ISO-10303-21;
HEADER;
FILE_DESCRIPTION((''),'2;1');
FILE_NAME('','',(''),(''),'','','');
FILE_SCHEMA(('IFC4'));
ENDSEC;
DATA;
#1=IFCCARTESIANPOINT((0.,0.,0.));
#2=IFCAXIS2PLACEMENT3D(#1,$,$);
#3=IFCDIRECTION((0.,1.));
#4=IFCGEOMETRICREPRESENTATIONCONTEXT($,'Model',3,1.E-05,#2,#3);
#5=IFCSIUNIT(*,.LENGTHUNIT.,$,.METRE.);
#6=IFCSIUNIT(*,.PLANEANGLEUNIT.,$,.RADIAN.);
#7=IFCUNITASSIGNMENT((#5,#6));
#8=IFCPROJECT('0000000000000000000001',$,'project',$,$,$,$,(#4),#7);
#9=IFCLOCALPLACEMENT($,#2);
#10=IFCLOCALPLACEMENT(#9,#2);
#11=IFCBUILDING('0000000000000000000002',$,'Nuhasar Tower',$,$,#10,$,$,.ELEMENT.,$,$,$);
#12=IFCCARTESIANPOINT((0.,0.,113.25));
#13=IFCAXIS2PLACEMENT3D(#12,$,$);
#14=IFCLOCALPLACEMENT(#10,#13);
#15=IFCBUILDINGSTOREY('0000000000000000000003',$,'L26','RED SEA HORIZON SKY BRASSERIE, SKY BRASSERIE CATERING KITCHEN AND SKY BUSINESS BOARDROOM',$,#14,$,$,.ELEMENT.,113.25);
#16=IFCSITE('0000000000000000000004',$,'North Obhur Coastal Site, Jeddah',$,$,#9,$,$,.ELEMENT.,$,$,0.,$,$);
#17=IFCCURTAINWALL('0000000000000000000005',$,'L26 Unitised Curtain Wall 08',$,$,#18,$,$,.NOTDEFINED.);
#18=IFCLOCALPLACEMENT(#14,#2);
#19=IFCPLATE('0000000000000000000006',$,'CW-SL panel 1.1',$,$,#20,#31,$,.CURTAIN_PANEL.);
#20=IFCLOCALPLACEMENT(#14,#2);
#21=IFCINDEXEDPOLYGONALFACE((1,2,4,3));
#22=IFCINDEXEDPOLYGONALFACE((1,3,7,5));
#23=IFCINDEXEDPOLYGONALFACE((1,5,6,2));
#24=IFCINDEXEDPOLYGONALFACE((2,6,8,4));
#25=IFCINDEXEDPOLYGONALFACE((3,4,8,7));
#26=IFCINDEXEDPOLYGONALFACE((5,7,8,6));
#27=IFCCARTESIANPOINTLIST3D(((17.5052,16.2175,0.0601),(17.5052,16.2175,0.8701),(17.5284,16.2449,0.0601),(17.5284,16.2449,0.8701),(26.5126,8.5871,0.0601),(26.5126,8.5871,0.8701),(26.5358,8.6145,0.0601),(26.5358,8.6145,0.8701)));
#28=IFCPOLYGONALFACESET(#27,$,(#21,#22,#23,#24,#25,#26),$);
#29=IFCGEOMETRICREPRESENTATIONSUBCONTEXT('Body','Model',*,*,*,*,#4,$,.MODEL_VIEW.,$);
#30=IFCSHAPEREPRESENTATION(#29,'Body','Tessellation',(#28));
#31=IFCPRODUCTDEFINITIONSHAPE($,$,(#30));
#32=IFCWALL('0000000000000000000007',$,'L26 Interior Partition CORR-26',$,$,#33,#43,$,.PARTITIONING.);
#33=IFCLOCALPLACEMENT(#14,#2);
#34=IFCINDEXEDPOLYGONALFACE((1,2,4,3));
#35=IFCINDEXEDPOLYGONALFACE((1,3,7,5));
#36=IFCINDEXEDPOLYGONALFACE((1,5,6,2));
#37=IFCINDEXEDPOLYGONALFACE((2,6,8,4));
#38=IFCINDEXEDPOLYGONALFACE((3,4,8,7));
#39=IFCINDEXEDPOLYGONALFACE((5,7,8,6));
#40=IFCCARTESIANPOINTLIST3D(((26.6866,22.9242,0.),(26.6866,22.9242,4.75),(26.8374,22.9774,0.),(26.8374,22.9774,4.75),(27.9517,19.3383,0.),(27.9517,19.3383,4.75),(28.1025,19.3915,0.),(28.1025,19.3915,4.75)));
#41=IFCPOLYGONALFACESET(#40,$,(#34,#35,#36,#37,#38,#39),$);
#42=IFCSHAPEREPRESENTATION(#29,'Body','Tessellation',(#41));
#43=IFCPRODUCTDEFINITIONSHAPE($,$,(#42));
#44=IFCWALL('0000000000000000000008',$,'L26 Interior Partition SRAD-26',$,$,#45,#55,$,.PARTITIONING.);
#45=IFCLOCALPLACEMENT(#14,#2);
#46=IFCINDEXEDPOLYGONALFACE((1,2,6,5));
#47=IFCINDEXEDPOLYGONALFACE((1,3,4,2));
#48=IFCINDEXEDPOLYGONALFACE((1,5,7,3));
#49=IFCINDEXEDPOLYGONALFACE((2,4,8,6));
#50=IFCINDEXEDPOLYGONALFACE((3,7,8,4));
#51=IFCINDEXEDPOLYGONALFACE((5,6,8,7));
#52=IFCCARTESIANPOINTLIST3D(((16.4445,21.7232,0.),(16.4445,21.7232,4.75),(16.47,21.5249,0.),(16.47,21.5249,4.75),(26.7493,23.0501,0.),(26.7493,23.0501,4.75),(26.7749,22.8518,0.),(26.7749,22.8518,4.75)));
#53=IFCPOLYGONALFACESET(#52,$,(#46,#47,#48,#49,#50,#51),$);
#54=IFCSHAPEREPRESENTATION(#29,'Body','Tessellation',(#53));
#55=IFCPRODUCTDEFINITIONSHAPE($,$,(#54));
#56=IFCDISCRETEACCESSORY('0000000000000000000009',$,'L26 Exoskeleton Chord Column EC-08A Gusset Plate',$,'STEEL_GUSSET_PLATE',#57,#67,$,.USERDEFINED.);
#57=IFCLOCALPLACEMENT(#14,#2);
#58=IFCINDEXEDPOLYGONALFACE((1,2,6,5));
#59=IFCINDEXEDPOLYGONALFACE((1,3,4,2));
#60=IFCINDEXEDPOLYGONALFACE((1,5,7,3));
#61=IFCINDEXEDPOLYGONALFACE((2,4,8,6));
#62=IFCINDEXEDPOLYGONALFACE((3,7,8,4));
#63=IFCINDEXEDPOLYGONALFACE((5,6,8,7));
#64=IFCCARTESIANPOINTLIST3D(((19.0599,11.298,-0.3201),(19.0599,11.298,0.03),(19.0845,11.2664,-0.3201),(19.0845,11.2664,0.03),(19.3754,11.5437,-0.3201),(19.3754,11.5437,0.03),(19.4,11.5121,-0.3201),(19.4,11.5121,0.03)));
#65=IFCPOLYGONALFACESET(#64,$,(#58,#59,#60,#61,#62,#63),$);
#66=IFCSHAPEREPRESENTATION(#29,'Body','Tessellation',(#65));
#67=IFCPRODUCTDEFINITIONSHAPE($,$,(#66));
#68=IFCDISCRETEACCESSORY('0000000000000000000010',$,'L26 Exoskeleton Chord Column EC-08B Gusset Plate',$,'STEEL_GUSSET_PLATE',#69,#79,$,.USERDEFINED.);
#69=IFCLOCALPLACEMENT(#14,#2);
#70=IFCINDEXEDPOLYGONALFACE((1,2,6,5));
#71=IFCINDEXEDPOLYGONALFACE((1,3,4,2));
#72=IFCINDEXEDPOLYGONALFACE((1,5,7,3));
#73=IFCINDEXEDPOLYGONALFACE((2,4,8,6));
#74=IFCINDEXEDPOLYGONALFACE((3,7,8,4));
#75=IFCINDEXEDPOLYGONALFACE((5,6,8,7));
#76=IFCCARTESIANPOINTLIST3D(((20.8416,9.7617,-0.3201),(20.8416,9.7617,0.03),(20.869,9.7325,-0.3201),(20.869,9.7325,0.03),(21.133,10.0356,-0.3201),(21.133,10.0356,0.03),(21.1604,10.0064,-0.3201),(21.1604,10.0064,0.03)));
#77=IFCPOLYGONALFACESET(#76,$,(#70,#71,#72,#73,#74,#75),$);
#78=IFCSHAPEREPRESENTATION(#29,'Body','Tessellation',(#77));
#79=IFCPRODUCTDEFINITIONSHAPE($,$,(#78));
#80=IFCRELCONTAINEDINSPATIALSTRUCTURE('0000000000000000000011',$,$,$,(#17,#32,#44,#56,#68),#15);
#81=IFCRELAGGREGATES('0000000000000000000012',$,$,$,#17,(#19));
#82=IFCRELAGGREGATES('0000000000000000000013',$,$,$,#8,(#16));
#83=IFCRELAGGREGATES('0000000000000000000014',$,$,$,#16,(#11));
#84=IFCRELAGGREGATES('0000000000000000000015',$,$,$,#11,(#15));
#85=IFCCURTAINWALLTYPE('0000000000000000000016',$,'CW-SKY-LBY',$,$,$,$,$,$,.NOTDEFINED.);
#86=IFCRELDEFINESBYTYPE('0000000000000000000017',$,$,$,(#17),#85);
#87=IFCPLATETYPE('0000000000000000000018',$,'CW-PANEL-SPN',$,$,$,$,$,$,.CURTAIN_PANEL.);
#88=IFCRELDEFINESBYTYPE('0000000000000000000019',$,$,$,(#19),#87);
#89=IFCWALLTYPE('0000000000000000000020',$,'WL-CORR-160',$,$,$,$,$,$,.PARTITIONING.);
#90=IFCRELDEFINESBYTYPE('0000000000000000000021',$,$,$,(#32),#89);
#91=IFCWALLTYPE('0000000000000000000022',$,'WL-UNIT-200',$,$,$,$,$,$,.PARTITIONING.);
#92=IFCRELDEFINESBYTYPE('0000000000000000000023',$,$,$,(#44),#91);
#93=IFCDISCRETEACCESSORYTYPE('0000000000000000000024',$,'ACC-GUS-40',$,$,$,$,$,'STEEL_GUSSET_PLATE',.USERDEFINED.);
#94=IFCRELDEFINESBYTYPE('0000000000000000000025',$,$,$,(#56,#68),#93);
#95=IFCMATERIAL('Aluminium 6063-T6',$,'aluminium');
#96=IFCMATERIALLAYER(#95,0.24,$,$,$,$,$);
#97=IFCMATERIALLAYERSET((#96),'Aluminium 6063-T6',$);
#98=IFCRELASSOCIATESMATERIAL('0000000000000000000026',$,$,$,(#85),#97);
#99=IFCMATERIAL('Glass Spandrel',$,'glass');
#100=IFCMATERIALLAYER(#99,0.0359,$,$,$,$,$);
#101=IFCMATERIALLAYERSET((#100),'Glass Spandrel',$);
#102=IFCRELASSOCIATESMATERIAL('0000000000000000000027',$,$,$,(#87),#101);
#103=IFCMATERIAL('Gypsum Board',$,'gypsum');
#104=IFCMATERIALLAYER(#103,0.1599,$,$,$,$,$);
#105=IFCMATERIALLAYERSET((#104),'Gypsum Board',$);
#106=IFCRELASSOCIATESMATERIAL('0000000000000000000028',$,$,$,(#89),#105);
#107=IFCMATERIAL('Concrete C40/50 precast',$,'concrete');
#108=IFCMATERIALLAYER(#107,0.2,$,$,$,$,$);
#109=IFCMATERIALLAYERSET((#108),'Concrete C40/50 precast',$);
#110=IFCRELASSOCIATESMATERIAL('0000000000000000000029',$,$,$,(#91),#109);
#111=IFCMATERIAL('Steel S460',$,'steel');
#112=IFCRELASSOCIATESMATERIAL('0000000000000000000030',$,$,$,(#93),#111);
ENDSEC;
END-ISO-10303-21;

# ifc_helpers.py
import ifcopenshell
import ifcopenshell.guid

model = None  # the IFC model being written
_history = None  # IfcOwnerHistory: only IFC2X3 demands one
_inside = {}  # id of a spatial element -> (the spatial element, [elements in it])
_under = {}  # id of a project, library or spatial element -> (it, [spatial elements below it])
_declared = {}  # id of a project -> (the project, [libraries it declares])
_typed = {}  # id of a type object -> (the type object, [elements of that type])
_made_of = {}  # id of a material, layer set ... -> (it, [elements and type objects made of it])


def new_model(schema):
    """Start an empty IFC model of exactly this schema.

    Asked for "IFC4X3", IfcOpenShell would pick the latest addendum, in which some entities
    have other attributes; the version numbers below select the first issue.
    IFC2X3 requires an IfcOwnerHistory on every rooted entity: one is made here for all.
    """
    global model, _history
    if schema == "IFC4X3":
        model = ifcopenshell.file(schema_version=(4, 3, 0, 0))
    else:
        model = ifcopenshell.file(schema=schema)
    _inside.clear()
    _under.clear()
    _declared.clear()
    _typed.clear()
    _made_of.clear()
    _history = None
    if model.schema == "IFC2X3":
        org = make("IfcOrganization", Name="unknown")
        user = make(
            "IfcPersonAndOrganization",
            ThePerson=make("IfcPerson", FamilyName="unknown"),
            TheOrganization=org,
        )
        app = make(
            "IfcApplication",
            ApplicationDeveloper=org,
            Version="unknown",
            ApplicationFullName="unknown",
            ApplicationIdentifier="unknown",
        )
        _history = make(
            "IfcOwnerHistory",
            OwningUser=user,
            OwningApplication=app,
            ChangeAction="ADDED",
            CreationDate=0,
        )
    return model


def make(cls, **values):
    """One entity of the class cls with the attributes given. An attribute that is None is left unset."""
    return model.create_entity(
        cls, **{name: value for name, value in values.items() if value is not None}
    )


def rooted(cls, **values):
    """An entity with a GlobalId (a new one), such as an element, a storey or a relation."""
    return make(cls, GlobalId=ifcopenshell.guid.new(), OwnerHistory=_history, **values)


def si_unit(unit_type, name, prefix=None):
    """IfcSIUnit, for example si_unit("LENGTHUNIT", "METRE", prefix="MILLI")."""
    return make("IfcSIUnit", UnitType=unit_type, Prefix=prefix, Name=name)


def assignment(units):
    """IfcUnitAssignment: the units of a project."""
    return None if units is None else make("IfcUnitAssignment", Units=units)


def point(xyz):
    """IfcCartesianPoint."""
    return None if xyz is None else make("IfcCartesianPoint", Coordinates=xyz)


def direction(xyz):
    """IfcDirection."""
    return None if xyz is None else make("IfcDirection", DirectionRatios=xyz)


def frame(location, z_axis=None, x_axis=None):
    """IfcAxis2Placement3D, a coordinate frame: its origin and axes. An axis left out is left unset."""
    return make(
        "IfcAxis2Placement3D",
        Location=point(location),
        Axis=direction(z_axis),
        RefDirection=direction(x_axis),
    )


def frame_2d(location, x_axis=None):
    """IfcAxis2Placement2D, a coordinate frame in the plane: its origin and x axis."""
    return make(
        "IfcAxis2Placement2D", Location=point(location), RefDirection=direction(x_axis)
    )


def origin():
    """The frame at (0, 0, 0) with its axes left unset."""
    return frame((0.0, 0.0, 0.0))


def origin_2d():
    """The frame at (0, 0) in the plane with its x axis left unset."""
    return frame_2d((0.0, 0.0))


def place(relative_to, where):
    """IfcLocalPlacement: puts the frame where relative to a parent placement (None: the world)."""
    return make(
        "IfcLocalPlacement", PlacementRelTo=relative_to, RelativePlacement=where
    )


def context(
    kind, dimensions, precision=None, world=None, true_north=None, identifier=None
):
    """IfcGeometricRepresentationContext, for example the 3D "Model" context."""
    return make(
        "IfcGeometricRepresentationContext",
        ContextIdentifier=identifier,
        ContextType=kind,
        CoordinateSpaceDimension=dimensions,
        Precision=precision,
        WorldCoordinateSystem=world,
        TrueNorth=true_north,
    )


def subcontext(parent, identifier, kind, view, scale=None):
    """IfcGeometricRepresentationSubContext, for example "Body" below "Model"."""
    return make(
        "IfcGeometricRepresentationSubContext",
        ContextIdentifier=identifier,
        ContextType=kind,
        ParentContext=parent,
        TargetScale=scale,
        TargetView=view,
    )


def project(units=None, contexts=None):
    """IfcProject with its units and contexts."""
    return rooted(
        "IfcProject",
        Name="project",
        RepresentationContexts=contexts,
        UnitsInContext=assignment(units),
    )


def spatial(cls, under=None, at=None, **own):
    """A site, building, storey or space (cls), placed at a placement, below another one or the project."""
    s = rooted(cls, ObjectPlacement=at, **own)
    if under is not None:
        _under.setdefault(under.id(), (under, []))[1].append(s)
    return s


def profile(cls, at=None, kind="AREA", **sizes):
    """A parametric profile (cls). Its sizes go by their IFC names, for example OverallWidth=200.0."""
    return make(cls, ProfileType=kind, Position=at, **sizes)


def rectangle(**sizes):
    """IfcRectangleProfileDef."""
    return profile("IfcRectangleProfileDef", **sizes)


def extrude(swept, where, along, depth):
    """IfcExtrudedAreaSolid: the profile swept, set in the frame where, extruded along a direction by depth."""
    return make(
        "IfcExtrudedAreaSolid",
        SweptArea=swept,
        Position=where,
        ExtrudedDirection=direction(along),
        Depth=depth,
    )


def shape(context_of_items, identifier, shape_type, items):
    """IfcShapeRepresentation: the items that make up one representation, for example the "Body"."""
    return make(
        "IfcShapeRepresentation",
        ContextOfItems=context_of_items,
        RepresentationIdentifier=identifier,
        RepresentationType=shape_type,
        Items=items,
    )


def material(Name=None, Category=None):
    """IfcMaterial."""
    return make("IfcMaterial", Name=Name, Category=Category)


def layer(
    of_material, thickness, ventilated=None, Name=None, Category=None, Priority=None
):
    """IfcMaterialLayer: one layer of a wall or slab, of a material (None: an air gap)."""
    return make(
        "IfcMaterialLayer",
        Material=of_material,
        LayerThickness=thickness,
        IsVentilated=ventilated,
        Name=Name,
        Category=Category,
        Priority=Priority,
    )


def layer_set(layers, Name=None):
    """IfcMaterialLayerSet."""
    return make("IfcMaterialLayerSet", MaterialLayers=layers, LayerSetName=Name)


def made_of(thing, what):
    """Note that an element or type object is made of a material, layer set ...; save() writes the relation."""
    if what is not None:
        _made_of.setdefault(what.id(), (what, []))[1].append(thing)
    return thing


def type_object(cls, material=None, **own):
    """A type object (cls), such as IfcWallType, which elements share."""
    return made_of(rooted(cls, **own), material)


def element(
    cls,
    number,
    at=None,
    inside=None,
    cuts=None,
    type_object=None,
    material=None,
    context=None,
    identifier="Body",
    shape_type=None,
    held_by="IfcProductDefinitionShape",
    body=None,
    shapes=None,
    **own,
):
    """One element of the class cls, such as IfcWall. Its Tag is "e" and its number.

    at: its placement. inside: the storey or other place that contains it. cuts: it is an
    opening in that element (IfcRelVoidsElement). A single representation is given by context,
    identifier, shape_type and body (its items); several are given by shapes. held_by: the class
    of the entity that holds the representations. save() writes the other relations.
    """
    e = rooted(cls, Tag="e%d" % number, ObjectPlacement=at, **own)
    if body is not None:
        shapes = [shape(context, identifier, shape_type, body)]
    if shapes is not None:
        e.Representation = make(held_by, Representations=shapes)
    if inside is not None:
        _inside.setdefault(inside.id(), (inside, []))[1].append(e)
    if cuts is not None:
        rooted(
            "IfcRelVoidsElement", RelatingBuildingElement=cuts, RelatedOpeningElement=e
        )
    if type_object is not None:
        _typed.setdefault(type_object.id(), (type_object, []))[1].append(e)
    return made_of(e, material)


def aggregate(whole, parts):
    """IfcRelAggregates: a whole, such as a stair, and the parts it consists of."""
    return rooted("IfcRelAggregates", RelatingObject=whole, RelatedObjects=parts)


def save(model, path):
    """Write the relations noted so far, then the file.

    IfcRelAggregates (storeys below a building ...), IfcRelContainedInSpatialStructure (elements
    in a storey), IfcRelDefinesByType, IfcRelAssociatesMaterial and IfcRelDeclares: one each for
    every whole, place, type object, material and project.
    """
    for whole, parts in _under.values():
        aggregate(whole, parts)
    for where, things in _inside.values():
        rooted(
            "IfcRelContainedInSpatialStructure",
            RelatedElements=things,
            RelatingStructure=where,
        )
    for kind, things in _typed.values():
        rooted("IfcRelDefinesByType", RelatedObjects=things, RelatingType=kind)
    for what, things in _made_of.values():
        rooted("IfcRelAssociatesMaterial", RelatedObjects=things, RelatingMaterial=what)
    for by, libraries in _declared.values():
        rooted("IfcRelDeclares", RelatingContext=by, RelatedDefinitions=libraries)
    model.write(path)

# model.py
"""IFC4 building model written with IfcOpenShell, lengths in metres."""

from ifc_helpers import new_model, si_unit, direction, frame, frame_2d, origin, origin_2d, place, context, subcontext, project, spatial, rectangle, extrude, material, layer, layer_set, type_object, element, aggregate, save


model = new_model("IFC4")

# Units and contexts
model_context = context("Model", 3, precision=1e-05, world=origin(), true_north=direction((0.0, 1.0)))
body_context = subcontext(model_context, "Body", "Model", "MODEL_VIEW")
ifc_project = project(units=[si_unit("LENGTHUNIT", "METRE"), si_unit("PLANEANGLEUNIT", "RADIAN")], contexts=[model_context])

# Site, building, storey
site_placement = place(None, origin())
site = spatial("IfcSite", under=ifc_project, at=site_placement, Name="North Obhur Coastal Site, Jeddah", CompositionType="ELEMENT", RefElevation=0.0)
building_placement = place(site_placement, origin())
building = spatial("IfcBuilding", under=site, at=building_placement, Name="Nuhasar Tower", CompositionType="ELEMENT")
storey_placement = place(building_placement, frame((0.0, 0.0, 113.25)))
storey = spatial("IfcBuildingStorey", under=building, at=storey_placement, Name="L26", Description="RED SEA HORIZON SKY BRASSERIE, SKY BRASSERIE CATERING KITCHEN AND SKY BUSINESS BOARDROOM", CompositionType="ELEMENT", Elevation=113.25)

# Shared definitions
ifc_material_1 = material(Name="Steel S460", Category="steel")

# Curtain wall
ifc_material_2 = material(Name="Aluminium 6063-T6", Category="aluminium")
ifc_layer_1 = layer(ifc_material_2, 0.24)
ifc_layer_set_1 = layer_set([ifc_layer_1], Name="Aluminium 6063-T6")
curtain_wall_type = type_object("IfcCurtainWallType", Name="CW-SKY-LBY", PredefinedType="NOTDEFINED", material=ifc_layer_set_1)
curtain_wall_1_placement = place(storey_placement, origin())
curtain_wall_1 = element("IfcCurtainWall", 1, at=curtain_wall_1_placement, inside=storey, type_object=curtain_wall_type, Name="L26 Unitised Curtain Wall 08", PredefinedType="NOTDEFINED")

# Plate
ifc_material_3 = material(Name="Glass Spandrel", Category="glass")
ifc_layer_2 = layer(ifc_material_3, 0.0359)
ifc_layer_set_2 = layer_set([ifc_layer_2], Name="Glass Spandrel")
plate_type_1 = type_object("IfcPlateType", Name="CW-PANEL-SPN", PredefinedType="CURTAIN_PANEL", material=ifc_layer_set_2)
plate_1_placement = place(storey_placement, frame((22.0205, 12.416, 0.0601), z_axis=(0.0, 0.0, 1.0), x_axis=(0.76302, -0.646374, 0.0)))
plate_1 = element("IfcPlate", 2, at=plate_1_placement, type_object=plate_type_1, Name="CW-SL panel 1.1", PredefinedType="CURTAIN_PANEL", context=body_context, shape_type="SweptSolid", body=[
    extrude(rectangle(XDim=11.8049, YDim=0.0359, at=origin_2d()), origin(), (0.0, 0.0, 1.0), 0.8101),
])
aggregate(curtain_wall_1, [plate_1])

# Walls
ifc_material_4 = material(Name="Gypsum Board", Category="gypsum")
ifc_layer_3 = layer(ifc_material_4, 0.1599)
ifc_layer_set_3 = layer_set([ifc_layer_3], Name="Gypsum Board")
wall_type_1 = type_object("IfcWallType", Name="WL-CORR-160", PredefinedType="PARTITIONING", material=ifc_layer_set_3)
wall_1_placement = place(storey_placement, frame((26.762, 22.9509, 0.0), z_axis=(0.0, 0.0, 1.0), x_axis=(0.332706, -0.943031, 0.0)))
element("IfcWall", 3, at=wall_1_placement, inside=storey, type_object=wall_type_1, Name="L26 Interior Partition CORR-26", PredefinedType="PARTITIONING", context=body_context, shape_type="SweptSolid", body=[
    extrude(rectangle(XDim=3.8025, YDim=0.1599, at=frame_2d((1.9014, 0.0))), origin(), (0.0, 0.0, 1.0), 4.75),
])
ifc_material_5 = material(Name="Concrete C40/50 precast", Category="concrete")
ifc_layer_4 = layer(ifc_material_5, 0.2)
ifc_layer_set_4 = layer_set([ifc_layer_4], Name="Concrete C40/50 precast")
wall_type_2 = type_object("IfcWallType", Name="WL-UNIT-200", PredefinedType="PARTITIONING", material=ifc_layer_set_4)
wall_2_placement = place(storey_placement, frame((26.762, 22.9509, 0.0), z_axis=(0.0, 0.0, 1.0), x_axis=(-0.991812, -0.12771, 0.0)))
element("IfcWall", 4, at=wall_2_placement, inside=storey, type_object=wall_type_2, Name="L26 Interior Partition SRAD-26", PredefinedType="PARTITIONING", context=body_context, shape_type="SweptSolid", body=[
    extrude(rectangle(XDim=10.3899, YDim=0.2, at=frame_2d((5.1948, 0.0))), origin(), (0.0, 0.0, 1.0), 4.75),
])

# Discrete accessories
discrete_accessory_type = type_object("IfcDiscreteAccessoryType", Name="ACC-GUS-40", ElementType="STEEL_GUSSET_PLATE", PredefinedType="USERDEFINED", material=ifc_material_1)
for number, where, z_axis, x_axis, name in (
    (5, (19.23, 11.405, -0.3201), (0.0, 0.0, 1.0), (-0.788998, -0.614395, 0.0), "L26 Exoskeleton Chord Column EC-08A Gusset Plate"),
    (6, (21.001, 9.884, -0.3201), (0.0, 0.0, 1.0), (-0.728682, -0.684852, 0.0), "L26 Exoskeleton Chord Column EC-08B Gusset Plate"),
):
    element("IfcDiscreteAccessory", number, at=place(storey_placement, frame(where, z_axis=z_axis, x_axis=x_axis)), inside=storey, type_object=discrete_accessory_type, Name=name, ObjectType="STEEL_GUSSET_PLATE", PredefinedType="USERDEFINED", context=body_context, shape_type="SweptSolid", body=[
        extrude(rectangle(XDim=0.3999, YDim=0.04, at=origin_2d()), origin(), (0.0, 0.0, 1.0), 0.3501),
    ])

save(model, "model.ifc")
